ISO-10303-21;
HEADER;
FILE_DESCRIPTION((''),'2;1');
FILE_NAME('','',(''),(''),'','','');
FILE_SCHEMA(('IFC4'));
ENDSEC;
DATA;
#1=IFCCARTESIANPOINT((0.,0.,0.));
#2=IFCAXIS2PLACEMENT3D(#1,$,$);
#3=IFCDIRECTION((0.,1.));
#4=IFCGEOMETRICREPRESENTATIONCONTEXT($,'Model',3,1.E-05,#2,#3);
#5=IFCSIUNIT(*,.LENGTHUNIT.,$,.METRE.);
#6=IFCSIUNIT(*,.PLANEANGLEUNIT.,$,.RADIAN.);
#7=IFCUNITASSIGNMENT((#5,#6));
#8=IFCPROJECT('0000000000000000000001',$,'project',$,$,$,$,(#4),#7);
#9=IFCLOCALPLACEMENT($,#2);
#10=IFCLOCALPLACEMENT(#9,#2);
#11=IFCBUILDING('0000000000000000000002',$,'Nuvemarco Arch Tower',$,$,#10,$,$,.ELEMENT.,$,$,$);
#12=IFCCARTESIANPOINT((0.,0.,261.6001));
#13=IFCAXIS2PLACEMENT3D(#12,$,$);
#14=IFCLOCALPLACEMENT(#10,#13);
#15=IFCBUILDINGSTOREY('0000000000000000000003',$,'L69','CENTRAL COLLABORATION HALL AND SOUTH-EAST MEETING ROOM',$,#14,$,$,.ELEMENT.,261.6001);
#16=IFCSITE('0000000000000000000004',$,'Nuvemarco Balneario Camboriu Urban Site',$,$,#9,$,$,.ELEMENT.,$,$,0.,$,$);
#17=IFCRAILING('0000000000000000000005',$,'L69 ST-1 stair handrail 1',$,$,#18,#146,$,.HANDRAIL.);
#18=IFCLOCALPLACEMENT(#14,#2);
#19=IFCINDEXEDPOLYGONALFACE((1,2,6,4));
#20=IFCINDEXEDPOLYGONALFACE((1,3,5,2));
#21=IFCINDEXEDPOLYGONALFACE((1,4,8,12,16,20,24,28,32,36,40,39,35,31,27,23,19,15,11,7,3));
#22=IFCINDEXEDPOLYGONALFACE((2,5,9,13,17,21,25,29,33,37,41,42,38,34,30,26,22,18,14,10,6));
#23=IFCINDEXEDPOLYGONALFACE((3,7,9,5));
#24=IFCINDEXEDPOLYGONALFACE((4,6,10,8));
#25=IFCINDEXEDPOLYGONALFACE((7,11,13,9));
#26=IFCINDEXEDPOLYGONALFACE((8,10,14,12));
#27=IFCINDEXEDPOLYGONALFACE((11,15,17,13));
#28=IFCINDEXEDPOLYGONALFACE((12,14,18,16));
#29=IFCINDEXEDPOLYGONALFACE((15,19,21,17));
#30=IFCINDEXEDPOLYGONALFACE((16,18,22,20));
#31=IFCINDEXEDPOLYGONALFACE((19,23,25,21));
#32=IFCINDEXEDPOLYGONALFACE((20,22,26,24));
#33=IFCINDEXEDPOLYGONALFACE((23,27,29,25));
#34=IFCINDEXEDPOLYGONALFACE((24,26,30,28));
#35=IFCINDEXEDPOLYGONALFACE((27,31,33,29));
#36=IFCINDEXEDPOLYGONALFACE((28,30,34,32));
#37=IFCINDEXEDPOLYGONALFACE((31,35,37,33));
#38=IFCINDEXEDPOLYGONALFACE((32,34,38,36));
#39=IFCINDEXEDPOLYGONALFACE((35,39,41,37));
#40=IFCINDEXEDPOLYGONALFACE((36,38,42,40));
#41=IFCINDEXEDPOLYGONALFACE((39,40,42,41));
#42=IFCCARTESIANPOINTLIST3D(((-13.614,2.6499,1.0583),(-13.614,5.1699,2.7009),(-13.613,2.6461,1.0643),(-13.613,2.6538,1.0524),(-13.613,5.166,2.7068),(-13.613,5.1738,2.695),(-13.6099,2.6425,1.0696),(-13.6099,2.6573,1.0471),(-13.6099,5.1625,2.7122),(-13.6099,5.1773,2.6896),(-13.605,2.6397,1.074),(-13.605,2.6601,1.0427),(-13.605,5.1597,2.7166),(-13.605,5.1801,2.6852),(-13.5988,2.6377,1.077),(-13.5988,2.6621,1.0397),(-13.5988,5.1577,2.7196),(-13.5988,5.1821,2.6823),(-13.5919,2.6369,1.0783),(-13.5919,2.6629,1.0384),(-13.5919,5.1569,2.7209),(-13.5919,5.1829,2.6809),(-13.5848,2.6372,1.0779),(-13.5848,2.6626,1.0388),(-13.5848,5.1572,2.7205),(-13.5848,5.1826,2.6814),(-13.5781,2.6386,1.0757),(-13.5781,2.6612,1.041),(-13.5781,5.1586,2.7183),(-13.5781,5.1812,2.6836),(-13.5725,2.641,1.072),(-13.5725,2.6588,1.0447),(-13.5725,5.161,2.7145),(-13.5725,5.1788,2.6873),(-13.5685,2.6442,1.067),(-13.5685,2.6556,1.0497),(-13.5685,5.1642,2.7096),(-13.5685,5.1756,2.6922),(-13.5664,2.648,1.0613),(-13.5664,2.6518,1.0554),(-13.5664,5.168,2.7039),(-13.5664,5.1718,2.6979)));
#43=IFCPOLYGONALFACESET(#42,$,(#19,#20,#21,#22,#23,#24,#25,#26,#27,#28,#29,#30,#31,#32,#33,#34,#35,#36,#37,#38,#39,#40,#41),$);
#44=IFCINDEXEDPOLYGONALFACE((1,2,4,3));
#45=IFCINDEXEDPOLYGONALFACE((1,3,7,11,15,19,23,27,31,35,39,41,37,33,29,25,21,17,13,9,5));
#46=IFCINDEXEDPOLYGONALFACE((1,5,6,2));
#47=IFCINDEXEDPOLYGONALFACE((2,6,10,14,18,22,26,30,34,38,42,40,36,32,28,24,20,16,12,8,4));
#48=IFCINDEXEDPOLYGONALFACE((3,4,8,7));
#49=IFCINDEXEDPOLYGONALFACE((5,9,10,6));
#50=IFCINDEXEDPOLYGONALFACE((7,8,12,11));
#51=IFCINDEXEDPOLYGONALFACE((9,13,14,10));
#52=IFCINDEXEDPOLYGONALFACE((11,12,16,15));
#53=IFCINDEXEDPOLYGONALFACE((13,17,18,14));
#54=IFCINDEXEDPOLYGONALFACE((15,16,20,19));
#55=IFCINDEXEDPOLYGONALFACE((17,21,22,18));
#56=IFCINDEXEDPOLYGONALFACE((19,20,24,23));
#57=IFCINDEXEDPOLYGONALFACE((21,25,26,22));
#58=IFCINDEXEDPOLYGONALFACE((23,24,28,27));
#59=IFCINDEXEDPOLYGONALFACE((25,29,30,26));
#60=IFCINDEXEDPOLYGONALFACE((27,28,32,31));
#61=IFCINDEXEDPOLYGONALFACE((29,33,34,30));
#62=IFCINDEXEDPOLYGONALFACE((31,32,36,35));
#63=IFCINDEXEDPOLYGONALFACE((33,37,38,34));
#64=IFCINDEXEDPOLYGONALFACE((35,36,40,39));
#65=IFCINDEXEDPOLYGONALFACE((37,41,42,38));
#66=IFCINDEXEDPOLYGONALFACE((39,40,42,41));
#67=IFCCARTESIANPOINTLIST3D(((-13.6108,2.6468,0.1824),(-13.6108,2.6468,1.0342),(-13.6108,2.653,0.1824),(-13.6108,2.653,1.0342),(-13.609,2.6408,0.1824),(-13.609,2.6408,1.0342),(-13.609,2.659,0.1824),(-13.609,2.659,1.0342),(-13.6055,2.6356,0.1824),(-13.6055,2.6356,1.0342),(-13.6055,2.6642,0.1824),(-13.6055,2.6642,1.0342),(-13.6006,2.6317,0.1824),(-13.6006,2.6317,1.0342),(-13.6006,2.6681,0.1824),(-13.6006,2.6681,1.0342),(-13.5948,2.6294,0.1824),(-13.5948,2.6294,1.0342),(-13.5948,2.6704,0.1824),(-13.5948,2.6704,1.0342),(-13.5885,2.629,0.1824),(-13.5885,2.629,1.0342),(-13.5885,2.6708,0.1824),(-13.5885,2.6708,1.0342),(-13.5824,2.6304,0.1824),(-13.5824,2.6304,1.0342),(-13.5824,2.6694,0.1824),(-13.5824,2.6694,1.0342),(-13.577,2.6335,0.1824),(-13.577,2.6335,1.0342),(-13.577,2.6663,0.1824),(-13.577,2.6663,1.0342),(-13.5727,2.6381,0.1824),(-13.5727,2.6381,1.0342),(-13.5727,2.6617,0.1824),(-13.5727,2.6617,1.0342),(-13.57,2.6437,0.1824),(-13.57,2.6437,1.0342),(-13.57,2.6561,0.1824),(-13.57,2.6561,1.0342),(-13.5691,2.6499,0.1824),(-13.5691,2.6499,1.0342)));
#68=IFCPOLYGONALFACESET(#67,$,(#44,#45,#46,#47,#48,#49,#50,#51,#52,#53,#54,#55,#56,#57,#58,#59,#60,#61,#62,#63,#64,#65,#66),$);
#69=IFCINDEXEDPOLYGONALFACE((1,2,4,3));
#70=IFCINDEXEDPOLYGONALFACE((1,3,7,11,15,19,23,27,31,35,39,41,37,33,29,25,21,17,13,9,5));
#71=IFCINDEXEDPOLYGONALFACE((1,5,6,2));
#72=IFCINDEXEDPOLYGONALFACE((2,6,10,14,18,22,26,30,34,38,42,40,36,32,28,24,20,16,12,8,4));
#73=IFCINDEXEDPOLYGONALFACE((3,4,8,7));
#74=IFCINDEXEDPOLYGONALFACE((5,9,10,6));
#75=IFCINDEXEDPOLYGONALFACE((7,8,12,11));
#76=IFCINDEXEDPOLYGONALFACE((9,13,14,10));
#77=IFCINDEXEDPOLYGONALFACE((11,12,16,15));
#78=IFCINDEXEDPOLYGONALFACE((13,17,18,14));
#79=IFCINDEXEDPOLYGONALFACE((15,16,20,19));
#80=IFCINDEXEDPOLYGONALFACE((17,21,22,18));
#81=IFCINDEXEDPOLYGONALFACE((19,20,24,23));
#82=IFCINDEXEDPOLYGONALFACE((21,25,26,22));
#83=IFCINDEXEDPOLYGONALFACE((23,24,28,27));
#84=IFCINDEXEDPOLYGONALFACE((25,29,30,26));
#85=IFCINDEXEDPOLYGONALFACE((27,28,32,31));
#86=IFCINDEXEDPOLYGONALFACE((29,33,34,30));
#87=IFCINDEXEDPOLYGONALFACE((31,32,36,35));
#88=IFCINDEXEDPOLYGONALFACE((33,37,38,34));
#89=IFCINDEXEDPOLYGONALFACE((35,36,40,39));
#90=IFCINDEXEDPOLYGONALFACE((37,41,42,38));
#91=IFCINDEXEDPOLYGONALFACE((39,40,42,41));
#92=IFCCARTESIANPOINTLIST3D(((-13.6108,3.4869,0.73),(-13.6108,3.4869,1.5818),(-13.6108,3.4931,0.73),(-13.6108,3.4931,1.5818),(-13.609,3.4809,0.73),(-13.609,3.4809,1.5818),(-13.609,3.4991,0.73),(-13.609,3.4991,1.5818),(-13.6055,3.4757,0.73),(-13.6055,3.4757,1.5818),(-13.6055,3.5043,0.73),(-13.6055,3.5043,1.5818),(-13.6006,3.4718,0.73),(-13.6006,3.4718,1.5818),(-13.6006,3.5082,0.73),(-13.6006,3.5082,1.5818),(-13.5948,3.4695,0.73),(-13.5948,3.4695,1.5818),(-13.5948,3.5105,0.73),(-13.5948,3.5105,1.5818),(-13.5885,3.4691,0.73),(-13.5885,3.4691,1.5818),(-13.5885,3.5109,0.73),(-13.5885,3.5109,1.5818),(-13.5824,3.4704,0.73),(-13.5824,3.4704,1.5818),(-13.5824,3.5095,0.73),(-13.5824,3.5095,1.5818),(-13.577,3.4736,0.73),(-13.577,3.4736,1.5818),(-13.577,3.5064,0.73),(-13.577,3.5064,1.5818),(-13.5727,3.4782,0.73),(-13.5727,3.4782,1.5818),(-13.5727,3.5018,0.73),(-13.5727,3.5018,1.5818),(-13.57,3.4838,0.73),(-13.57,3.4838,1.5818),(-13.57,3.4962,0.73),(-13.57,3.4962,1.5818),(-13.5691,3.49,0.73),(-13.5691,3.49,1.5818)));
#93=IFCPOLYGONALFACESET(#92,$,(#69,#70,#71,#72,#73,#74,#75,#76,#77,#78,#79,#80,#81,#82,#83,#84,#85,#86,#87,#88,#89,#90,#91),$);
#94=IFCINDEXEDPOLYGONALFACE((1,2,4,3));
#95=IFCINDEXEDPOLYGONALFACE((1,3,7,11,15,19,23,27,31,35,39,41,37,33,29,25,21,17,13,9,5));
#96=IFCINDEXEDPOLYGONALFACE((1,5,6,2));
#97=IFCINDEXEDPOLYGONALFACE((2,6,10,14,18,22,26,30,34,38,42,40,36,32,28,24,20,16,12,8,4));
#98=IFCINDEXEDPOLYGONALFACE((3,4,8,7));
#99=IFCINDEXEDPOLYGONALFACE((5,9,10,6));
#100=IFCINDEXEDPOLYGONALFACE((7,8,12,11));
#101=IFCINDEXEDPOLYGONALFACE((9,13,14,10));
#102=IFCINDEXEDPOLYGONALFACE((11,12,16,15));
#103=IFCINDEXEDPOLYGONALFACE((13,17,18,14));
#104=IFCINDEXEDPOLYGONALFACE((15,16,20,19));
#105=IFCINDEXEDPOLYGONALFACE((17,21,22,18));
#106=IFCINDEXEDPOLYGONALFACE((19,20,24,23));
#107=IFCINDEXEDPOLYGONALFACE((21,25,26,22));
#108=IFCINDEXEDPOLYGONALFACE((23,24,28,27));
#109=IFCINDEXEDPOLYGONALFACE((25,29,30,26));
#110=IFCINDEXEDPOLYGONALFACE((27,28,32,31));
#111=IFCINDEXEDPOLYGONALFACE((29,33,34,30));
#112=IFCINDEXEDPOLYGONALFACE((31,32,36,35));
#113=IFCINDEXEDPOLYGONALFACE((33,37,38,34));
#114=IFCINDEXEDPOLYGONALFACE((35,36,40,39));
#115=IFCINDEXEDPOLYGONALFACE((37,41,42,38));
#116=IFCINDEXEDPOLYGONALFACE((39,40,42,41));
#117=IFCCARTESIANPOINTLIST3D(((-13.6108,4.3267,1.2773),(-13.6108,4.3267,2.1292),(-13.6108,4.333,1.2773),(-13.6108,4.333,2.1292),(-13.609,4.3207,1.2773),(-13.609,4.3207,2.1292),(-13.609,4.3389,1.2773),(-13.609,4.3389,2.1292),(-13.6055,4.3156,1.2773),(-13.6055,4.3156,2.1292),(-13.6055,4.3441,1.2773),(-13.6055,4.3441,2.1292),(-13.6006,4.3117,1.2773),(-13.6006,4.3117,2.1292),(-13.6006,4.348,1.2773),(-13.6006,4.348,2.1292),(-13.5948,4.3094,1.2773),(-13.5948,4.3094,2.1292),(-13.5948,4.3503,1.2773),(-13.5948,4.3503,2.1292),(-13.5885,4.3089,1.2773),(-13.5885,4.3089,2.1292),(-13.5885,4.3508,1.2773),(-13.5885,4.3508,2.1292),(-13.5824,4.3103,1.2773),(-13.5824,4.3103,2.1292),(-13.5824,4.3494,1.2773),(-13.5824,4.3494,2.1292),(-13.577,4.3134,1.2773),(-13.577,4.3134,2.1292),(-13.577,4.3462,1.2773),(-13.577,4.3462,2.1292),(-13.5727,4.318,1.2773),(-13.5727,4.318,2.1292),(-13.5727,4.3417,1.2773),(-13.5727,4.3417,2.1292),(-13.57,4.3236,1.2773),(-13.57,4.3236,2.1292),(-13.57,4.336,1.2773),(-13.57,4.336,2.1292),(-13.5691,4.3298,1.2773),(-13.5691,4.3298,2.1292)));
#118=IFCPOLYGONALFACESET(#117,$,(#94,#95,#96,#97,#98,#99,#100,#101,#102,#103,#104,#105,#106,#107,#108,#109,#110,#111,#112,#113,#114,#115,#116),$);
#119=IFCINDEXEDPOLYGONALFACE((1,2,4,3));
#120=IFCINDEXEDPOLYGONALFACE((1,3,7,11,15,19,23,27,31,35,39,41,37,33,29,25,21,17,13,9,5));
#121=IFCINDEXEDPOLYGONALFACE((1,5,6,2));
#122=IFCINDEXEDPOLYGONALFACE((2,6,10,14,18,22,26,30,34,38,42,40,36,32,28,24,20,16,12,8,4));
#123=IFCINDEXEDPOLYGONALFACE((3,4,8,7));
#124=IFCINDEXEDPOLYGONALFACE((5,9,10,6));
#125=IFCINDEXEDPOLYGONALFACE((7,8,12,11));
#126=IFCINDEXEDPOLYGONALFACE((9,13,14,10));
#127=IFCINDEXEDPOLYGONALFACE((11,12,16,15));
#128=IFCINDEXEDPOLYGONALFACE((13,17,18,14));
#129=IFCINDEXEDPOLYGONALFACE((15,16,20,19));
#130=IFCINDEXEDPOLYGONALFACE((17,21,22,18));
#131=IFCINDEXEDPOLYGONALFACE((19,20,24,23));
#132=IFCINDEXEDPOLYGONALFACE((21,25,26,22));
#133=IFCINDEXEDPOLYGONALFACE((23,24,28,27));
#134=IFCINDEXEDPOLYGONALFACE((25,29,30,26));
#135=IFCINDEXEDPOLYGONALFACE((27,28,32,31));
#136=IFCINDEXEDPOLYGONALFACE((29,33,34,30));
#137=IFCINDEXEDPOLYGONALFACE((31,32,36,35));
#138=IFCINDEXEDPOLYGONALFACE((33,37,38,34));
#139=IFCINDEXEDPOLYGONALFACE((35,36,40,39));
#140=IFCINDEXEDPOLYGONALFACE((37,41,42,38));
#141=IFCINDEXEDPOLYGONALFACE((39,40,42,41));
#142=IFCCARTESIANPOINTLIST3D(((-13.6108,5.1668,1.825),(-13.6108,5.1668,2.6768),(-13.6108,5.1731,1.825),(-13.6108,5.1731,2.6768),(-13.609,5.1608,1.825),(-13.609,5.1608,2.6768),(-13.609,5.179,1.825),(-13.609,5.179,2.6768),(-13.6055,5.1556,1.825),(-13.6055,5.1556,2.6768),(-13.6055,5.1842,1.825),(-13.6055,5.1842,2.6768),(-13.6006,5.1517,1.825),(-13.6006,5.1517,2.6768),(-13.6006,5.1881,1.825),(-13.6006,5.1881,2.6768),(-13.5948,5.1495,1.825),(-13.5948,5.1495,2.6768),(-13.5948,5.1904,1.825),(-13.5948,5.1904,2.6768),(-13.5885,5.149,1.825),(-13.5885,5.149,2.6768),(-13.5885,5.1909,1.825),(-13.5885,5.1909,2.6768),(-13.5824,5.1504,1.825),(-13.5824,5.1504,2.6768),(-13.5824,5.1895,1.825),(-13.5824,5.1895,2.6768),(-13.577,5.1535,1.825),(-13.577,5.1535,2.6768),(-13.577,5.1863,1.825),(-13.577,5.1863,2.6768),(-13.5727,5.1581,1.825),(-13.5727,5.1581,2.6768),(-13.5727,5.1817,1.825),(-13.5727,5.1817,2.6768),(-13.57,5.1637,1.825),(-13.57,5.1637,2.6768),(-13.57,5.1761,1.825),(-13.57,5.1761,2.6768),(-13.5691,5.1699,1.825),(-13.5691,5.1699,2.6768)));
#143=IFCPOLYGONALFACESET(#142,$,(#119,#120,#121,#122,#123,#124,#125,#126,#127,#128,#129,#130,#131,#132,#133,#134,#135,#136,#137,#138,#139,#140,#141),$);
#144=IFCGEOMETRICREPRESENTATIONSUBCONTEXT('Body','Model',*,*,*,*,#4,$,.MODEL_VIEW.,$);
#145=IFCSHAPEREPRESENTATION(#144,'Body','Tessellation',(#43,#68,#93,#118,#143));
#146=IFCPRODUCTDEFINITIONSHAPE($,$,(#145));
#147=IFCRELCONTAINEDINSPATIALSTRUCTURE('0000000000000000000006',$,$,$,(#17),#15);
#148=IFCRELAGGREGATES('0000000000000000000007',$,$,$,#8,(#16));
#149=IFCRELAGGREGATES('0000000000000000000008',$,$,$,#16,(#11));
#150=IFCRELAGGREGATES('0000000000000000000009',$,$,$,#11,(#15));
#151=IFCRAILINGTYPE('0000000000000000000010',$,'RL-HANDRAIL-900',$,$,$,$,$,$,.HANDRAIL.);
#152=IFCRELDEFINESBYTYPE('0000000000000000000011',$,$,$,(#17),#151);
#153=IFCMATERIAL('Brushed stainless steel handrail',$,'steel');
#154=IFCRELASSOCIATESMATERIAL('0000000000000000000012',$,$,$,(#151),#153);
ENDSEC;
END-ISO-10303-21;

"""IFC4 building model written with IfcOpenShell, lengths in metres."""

from ifc_helpers import new_model, si_unit, direction, frame, origin, origin_2d, place, context, subcontext, project, spatial, circle, extrude, material, type_object, element, save


model = new_model("IFC4")

# Units and contexts
model_context = context("Model", 3, precision=1e-05, world=origin(), true_north=direction((0.0, 1.0)))
body_context = subcontext(model_context, "Body", "Model", "MODEL_VIEW")
ifc_project = project(units=[si_unit("LENGTHUNIT", "METRE"), si_unit("PLANEANGLEUNIT", "RADIAN")], contexts=[model_context])

# Site, building, storey
site_placement = place(None, origin())
site = spatial("IfcSite", under=ifc_project, at=site_placement, Name="Nuvemarco Balneario Camboriu Urban Site", CompositionType="ELEMENT", RefElevation=0.0)
building_placement = place(site_placement, origin())
building = spatial("IfcBuilding", under=site, at=building_placement, Name="Nuvemarco Arch Tower", CompositionType="ELEMENT")
storey_placement = place(building_placement, frame((0.0, 0.0, 261.6001)))
storey = spatial("IfcBuildingStorey", under=building, at=storey_placement, Name="L69", Description="CENTRAL COLLABORATION HALL AND SOUTH-EAST MEETING ROOM", CompositionType="ELEMENT", Elevation=261.6001)

# Railing
ifc_material_1 = material(Name="Brushed stainless steel handrail", Category="steel")
railing_type_1 = type_object("IfcRailingType", Name="RL-HANDRAIL-900", PredefinedType="HANDRAIL", material=ifc_material_1)
railing_1_placement = place(storey_placement, frame((-13.5901, 2.6499, 0.1824)))
element("IfcRailing", 1, at=railing_1_placement, inside=storey, type_object=railing_type_1, Name="L69 ST-1 stair handrail 1", PredefinedType="HANDRAIL", context=body_context, shape_type="SweptSolid", body=[
    extrude(circle(Radius=0.0239, at=origin_2d()), frame((0.0, 0.0, 0.876), z_axis=(0.0, 0.837749, 0.546055), x_axis=(-1.0, 0.0, 0.0)), (0.0, 0.0, 1.0), 3.0081),
    extrude(circle(Radius=0.021, at=origin_2d()), origin(), (0.0, 0.0, 1.0), 0.8518),
    extrude(circle(Radius=0.021, at=origin_2d()), frame((0.0, 0.8401, 0.5476)), (0.0, 0.0, 1.0), 0.8518),
    extrude(circle(Radius=0.021, at=origin_2d()), frame((0.0, 1.6799, 1.095)), (0.0, 0.0, 1.0), 0.8518),
    extrude(circle(Radius=0.021, at=origin_2d()), frame((0.0, 2.52, 1.6426)), (0.0, 0.0, 1.0), 0.8518),
])

save(model, "model.ifc")
